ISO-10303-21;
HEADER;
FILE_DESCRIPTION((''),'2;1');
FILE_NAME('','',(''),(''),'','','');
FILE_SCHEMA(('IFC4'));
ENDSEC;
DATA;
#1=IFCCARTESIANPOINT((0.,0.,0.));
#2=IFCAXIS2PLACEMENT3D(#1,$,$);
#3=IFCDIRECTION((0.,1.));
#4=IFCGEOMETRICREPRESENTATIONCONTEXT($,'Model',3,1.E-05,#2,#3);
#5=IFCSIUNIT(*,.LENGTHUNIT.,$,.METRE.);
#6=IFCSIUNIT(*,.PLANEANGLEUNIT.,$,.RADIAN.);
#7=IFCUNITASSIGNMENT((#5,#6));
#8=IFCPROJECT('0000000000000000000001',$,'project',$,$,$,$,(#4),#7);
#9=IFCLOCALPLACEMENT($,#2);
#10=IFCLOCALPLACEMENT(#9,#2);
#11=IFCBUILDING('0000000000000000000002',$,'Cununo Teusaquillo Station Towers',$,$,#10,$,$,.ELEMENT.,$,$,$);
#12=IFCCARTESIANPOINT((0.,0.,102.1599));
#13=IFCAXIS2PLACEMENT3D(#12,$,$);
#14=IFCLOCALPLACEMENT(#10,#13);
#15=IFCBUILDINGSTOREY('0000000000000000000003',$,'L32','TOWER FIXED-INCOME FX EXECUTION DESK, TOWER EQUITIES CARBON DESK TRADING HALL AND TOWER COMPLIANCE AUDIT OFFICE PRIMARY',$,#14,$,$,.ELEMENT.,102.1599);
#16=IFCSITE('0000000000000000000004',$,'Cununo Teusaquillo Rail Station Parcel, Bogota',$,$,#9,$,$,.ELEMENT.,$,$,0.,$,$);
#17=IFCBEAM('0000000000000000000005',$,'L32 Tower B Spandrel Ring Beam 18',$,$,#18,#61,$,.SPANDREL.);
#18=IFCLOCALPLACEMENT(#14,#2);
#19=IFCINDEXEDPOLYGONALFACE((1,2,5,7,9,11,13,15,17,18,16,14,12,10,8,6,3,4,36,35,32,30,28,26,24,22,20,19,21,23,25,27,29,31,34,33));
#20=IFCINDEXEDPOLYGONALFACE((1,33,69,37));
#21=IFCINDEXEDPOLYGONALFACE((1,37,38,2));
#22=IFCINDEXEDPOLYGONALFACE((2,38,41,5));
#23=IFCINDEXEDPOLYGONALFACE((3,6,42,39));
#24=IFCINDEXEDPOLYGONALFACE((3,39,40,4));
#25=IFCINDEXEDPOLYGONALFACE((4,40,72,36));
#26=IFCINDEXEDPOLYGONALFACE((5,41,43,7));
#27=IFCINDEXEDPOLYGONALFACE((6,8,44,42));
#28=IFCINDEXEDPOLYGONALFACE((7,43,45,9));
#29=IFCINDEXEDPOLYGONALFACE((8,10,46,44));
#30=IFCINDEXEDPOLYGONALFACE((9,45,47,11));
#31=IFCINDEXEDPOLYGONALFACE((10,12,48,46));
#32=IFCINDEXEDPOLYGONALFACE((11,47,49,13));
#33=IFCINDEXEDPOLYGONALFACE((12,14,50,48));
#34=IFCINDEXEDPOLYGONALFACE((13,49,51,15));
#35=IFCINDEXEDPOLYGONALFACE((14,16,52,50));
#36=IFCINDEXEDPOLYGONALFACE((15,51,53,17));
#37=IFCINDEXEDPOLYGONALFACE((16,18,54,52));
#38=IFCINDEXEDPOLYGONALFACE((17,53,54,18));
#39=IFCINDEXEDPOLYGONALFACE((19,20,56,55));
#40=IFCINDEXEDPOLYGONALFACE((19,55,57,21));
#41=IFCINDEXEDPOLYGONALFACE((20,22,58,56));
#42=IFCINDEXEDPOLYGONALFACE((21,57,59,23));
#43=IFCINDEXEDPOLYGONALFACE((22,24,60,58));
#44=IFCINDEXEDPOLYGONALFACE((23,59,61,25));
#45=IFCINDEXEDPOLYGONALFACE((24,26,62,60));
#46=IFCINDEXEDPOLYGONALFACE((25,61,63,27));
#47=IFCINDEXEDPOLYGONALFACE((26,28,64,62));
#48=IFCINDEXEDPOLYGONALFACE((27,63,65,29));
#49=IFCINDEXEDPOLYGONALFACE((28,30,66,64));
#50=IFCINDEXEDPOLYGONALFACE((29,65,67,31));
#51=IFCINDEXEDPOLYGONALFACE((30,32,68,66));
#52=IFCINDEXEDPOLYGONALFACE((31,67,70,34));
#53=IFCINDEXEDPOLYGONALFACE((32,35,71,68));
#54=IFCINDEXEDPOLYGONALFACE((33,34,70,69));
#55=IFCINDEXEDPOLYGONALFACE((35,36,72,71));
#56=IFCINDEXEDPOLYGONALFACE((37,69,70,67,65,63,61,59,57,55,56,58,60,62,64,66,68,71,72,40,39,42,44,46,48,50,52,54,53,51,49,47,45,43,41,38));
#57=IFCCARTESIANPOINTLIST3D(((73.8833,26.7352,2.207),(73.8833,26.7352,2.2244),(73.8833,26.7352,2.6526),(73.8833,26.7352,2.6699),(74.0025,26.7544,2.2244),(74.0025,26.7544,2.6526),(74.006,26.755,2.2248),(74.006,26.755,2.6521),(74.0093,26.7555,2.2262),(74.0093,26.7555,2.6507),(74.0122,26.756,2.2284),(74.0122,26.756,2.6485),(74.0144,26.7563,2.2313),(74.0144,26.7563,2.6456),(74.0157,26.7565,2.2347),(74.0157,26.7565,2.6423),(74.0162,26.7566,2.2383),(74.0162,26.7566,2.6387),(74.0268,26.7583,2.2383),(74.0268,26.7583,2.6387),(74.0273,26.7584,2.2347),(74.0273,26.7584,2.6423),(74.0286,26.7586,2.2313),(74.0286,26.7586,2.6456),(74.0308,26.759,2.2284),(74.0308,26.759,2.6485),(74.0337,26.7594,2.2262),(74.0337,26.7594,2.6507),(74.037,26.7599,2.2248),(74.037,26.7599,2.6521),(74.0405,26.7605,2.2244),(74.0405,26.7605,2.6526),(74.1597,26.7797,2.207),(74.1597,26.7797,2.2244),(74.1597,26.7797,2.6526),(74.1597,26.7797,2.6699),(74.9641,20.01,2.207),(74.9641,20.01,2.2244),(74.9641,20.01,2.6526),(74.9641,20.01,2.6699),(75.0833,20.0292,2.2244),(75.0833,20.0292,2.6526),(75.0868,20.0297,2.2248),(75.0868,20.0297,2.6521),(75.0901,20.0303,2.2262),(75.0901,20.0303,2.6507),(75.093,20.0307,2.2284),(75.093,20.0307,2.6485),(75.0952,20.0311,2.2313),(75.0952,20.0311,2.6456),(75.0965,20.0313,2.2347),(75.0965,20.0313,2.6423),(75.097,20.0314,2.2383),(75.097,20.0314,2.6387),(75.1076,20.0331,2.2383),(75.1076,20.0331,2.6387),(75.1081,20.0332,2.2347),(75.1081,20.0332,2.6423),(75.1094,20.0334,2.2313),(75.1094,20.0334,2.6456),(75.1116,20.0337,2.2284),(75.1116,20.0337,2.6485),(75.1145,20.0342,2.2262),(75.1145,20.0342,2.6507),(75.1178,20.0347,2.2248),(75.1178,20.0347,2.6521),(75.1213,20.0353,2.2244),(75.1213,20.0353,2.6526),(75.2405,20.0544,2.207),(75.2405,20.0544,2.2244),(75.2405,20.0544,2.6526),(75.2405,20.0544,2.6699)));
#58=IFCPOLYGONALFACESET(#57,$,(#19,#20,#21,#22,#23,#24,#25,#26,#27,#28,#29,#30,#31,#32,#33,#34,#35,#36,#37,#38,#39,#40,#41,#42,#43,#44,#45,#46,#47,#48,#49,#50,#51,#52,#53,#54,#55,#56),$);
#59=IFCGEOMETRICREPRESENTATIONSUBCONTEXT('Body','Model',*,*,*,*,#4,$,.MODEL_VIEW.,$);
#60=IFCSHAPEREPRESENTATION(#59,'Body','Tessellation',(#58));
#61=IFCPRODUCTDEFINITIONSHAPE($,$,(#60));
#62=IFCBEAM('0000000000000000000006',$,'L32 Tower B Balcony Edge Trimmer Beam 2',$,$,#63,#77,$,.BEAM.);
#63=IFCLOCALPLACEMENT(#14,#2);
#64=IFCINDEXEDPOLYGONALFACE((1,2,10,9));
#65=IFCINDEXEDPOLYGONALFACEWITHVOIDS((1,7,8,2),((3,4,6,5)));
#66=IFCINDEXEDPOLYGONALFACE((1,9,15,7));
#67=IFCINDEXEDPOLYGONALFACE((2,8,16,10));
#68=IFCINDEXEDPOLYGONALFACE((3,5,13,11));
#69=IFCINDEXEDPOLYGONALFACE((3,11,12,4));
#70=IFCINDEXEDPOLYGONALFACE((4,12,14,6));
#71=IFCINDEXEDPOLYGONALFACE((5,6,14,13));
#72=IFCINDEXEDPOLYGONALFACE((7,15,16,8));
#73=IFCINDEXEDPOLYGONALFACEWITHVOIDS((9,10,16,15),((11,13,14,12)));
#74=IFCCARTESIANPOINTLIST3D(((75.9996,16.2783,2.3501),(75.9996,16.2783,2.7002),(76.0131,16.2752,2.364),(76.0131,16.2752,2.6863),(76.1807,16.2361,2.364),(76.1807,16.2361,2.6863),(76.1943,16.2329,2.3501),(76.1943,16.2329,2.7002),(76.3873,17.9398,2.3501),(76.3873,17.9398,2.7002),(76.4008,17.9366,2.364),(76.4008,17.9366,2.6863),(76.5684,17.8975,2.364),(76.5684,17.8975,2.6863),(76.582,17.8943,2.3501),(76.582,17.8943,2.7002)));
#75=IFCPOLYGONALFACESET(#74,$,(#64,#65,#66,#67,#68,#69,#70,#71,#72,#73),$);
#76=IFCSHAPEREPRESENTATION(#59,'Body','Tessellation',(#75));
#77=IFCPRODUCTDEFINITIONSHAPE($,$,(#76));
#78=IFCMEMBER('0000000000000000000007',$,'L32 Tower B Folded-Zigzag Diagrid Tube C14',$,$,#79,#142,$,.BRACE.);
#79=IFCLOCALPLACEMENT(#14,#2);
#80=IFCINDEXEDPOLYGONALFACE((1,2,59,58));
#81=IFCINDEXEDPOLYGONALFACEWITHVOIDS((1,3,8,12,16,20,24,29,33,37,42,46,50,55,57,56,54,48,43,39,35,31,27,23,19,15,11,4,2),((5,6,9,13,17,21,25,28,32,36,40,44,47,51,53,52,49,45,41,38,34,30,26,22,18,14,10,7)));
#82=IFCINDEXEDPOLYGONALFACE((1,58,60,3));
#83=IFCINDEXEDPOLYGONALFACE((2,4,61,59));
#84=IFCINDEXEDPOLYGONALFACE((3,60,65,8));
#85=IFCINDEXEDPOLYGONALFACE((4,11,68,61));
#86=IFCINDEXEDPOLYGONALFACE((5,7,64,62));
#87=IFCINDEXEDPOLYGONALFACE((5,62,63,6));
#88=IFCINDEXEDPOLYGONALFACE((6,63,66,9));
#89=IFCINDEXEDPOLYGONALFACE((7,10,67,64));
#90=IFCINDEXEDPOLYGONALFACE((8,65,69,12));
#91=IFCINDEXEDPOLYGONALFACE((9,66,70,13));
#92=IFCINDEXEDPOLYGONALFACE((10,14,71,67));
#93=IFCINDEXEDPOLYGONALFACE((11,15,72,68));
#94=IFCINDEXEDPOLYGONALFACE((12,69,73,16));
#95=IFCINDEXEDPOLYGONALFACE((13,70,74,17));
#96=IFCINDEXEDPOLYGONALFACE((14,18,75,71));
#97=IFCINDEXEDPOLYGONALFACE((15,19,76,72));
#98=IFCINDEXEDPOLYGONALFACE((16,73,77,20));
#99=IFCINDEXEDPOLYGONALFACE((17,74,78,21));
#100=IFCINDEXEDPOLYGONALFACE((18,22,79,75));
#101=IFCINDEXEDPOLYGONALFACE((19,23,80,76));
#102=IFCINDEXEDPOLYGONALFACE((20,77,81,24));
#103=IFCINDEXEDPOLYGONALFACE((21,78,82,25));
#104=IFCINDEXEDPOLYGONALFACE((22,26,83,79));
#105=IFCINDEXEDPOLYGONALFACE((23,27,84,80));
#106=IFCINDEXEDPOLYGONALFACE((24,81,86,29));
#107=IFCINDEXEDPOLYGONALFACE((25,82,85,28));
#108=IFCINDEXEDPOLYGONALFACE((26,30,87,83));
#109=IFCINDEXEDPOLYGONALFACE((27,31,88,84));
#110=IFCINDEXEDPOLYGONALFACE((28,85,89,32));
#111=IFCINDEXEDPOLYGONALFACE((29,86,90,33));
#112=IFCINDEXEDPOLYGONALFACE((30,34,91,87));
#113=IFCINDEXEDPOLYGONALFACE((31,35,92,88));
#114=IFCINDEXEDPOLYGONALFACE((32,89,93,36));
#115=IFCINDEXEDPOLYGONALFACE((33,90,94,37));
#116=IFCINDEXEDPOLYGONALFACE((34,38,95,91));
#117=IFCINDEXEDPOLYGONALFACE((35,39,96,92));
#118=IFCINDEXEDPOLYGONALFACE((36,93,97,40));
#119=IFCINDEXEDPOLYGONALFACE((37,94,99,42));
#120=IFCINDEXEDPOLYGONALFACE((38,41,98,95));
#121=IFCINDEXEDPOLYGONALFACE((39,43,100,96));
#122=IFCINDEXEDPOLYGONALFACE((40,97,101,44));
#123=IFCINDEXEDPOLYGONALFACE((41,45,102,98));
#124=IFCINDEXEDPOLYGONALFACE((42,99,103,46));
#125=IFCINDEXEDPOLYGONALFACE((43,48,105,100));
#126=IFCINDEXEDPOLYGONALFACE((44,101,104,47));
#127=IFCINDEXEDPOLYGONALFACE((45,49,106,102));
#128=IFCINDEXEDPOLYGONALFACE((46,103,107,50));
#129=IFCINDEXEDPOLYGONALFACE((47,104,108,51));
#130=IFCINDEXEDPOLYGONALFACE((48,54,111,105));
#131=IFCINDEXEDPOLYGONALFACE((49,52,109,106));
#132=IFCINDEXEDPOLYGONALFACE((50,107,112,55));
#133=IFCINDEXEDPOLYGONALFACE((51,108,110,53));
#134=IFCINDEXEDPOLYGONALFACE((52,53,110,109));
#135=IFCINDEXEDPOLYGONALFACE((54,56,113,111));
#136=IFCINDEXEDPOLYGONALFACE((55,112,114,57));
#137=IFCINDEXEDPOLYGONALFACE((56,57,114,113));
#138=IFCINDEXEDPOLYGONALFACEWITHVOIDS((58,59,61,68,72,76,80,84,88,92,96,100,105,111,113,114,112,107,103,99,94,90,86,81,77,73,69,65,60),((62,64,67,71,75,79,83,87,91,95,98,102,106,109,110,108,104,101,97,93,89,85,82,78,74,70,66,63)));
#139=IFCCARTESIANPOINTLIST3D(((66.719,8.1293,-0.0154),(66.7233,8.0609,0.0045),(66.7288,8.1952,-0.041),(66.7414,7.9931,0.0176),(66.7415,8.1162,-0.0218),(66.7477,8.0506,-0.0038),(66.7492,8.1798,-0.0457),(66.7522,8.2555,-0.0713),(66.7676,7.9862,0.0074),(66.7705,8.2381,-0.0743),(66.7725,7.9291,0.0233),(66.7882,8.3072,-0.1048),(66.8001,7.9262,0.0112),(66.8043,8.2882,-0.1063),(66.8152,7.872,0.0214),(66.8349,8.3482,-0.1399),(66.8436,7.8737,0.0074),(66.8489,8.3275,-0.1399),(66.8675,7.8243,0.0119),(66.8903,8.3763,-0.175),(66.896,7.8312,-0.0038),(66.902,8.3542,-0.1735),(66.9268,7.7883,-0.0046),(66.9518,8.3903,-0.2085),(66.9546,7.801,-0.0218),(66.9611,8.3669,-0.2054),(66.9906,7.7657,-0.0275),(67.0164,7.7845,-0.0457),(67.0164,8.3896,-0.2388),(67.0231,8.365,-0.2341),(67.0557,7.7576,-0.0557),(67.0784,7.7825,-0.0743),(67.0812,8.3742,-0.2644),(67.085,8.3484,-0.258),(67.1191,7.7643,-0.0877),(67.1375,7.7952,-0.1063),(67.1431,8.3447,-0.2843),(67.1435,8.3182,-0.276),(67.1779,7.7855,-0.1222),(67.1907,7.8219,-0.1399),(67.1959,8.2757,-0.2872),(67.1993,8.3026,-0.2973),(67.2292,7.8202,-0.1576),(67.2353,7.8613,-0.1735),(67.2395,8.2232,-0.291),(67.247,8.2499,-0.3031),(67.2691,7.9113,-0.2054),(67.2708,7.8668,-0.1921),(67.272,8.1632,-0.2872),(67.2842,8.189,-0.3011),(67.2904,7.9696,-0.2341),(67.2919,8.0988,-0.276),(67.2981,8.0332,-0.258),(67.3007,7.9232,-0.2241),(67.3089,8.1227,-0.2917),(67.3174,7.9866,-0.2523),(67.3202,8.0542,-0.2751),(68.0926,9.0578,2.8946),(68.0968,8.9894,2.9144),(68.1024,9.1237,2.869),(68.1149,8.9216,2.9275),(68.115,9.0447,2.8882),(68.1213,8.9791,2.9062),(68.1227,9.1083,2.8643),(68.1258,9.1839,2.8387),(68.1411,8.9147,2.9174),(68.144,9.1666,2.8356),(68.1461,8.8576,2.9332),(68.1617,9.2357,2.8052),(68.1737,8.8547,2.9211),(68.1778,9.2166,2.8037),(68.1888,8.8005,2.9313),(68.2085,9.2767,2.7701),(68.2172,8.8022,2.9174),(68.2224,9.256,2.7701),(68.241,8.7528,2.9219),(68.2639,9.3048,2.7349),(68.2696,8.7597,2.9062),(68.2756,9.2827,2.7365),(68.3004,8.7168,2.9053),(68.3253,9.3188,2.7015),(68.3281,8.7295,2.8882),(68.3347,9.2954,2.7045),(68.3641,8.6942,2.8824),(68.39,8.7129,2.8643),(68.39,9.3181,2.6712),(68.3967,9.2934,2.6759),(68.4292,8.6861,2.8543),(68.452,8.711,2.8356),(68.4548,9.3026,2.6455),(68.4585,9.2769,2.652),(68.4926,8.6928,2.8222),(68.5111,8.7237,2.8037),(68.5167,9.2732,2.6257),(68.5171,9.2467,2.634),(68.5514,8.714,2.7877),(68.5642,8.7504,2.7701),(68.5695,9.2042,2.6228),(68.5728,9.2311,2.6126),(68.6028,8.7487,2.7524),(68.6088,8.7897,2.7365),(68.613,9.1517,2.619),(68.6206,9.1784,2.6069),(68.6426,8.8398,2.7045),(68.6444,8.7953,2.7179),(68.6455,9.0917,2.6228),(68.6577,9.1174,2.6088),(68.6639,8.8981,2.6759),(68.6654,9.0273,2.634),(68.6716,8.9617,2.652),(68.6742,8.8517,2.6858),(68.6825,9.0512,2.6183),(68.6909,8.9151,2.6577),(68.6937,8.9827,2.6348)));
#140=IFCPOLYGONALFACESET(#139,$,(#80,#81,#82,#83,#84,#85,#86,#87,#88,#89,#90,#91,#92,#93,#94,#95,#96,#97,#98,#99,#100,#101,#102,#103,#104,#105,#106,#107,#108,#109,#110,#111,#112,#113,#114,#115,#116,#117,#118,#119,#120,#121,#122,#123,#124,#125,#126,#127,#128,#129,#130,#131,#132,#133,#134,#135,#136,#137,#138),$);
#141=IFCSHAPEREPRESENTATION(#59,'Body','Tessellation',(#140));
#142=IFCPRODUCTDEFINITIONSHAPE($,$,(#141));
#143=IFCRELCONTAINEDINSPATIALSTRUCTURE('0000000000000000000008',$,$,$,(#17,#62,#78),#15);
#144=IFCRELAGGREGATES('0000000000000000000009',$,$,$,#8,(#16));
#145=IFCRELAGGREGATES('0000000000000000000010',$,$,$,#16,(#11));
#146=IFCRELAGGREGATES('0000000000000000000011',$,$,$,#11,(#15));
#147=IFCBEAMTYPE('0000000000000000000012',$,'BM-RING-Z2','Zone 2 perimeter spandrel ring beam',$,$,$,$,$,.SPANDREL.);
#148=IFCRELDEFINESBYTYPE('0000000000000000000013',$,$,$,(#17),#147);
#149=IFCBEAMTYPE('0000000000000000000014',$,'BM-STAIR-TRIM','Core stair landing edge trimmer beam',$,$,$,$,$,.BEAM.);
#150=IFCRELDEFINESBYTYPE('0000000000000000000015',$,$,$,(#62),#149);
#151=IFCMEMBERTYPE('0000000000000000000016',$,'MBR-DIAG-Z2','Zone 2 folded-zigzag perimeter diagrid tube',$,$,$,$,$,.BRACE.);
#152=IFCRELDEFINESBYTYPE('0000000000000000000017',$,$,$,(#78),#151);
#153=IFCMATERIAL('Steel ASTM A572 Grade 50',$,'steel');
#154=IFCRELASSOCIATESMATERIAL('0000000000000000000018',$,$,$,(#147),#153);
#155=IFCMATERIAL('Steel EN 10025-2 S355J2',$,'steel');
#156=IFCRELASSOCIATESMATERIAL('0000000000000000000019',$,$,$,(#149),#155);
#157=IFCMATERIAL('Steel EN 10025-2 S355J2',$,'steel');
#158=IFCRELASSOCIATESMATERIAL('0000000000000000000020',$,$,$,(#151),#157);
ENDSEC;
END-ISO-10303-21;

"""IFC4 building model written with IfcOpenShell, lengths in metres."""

from ifc_helpers import new_model, si_unit, direction, frame, origin, origin_2d, place, context, subcontext, project, spatial, hollow_rectangle, hollow_circle, i_section, extrude, material, material_profile, profile_set, type_object, element, save


model = new_model("IFC4")

# Units and contexts
model_context = context("Model", 3, precision=1e-05, world=origin(), true_north=direction((0.0, 1.0)))
body_context = subcontext(model_context, "Body", "Model", "MODEL_VIEW")
ifc_project = project(units=[si_unit("LENGTHUNIT", "METRE"), si_unit("PLANEANGLEUNIT", "RADIAN")], contexts=[model_context])

# Site, building, storey
site_placement = place(None, origin())
site = spatial("IfcSite", under=ifc_project, at=site_placement, Name="Cununo Teusaquillo Rail Station Parcel, Bogota", CompositionType="ELEMENT", RefElevation=0.0)
building_placement = place(site_placement, origin())
building = spatial("IfcBuilding", under=site, at=building_placement, Name="Cununo Teusaquillo Station Towers", CompositionType="ELEMENT")
storey_placement = place(building_placement, frame((0.0, 0.0, 102.1599)))
storey = spatial("IfcBuildingStorey", under=building, at=storey_placement, Name="L32", Description="TOWER FIXED-INCOME FX EXECUTION DESK, TOWER EQUITIES CARBON DESK TRADING HALL AND TOWER COMPLIANCE AUDIT OFFICE PRIMARY", CompositionType="ELEMENT", Elevation=102.1599)

# Beams
ifc_material_1 = material(Name="Steel ASTM A572 Grade 50", Category="steel")
ifc_material_profile_1 = material_profile(ifc_material_1, i_section(OverallWidth=0.28, OverallDepth=0.4629, WebThickness=0.0107, FlangeThickness=0.0173, FilletRadius=0.0139, at=origin_2d()), Name="W18X76")
ifc_profile_set_1 = profile_set([ifc_material_profile_1], Name="Steel ASTM A572 Grade 50")
beam_type_1 = type_object("IfcBeamType", Name="BM-RING-Z2", Description="Zone 2 perimeter spandrel ring beam", PredefinedType="SPANDREL", material=ifc_profile_set_1)
beam_1_placement = place(storey_placement, frame((75.1023, 20.0322, 2.4385), z_axis=(-0.158671, 0.987331, 0.0), x_axis=(-0.987331, -0.158671, 0.0)))
element("IfcBeam", 1, at=beam_1_placement, inside=storey, type_object=beam_type_1, Name="L32 Tower B Spandrel Ring Beam 18", PredefinedType="SPANDREL", context=body_context, shape_type="SweptSolid", body=[
    extrude(i_section(OverallWidth=0.28, OverallDepth=0.4629, WebThickness=0.0107, FlangeThickness=0.0173, FilletRadius=0.0139, at=origin_2d()), origin(), (0.0, 0.0, 1.0), 6.8115),
])
ifc_material_2 = material(Name="Steel EN 10025-2 S355J2", Category="steel")
ifc_material_profile_2 = material_profile(ifc_material_2, hollow_rectangle(XDim=0.2, YDim=0.3501, WallThickness=0.0139, at=origin_2d()), Name="RHS 350x200x14")
ifc_profile_set_2 = profile_set([ifc_material_profile_2], Name="Steel EN 10025-2 S355J2")
beam_type_2 = type_object("IfcBeamType", Name="BM-STAIR-TRIM", Description="Core stair landing edge trimmer beam", PredefinedType="BEAM", material=ifc_profile_set_2)
beam_2_placement = place(storey_placement, frame((76.0969, 16.2556, 2.5251), z_axis=(0.227252, 0.973836, 0.0), x_axis=(-0.973836, 0.227252, 0.0)))
element("IfcBeam", 2, at=beam_2_placement, inside=storey, type_object=beam_type_2, Name="L32 Tower B Balcony Edge Trimmer Beam 2", PredefinedType="BEAM", context=body_context, shape_type="SweptSolid", body=[
    extrude(hollow_rectangle(XDim=0.2, YDim=0.3501, WallThickness=0.0139, at=origin_2d()), origin(), (0.0, 0.0, 1.0), 1.7061),
])

# Member
ifc_material_3 = material(Name="Steel EN 10025-2 S355J2", Category="steel")
ifc_material_profile_3 = material_profile(ifc_material_3, hollow_circle(Radius=0.3301, WallThickness=0.0249, at=origin_2d()), Name="CHS 660x25")
ifc_profile_set_3 = profile_set([ifc_material_profile_3], Name="Steel EN 10025-2 S355J2")
member_type = type_object("IfcMemberType", Name="MBR-DIAG-Z2", Description="Zone 2 folded-zigzag perimeter diagrid tube", PredefinedType="BRACE", material=ifc_profile_set_3)
member_1_placement = place(storey_placement, frame((67.0198, 8.0747, -0.1399), z_axis=(0.410125, 0.277232, 0.868873), x_axis=(-0.560024, 0.828476, 0.0)))
element("IfcMember", 3, at=member_1_placement, inside=storey, type_object=member_type, Name="L32 Tower B Folded-Zigzag Diagrid Tube C14", PredefinedType="BRACE", context=body_context, shape_type="SweptSolid", body=[
    extrude(hollow_circle(Radius=0.3301, WallThickness=0.0249, at=origin_2d()), origin(), (0.0, 0.0, 1.0), 3.3491),
])

save(model, "model.ifc")
